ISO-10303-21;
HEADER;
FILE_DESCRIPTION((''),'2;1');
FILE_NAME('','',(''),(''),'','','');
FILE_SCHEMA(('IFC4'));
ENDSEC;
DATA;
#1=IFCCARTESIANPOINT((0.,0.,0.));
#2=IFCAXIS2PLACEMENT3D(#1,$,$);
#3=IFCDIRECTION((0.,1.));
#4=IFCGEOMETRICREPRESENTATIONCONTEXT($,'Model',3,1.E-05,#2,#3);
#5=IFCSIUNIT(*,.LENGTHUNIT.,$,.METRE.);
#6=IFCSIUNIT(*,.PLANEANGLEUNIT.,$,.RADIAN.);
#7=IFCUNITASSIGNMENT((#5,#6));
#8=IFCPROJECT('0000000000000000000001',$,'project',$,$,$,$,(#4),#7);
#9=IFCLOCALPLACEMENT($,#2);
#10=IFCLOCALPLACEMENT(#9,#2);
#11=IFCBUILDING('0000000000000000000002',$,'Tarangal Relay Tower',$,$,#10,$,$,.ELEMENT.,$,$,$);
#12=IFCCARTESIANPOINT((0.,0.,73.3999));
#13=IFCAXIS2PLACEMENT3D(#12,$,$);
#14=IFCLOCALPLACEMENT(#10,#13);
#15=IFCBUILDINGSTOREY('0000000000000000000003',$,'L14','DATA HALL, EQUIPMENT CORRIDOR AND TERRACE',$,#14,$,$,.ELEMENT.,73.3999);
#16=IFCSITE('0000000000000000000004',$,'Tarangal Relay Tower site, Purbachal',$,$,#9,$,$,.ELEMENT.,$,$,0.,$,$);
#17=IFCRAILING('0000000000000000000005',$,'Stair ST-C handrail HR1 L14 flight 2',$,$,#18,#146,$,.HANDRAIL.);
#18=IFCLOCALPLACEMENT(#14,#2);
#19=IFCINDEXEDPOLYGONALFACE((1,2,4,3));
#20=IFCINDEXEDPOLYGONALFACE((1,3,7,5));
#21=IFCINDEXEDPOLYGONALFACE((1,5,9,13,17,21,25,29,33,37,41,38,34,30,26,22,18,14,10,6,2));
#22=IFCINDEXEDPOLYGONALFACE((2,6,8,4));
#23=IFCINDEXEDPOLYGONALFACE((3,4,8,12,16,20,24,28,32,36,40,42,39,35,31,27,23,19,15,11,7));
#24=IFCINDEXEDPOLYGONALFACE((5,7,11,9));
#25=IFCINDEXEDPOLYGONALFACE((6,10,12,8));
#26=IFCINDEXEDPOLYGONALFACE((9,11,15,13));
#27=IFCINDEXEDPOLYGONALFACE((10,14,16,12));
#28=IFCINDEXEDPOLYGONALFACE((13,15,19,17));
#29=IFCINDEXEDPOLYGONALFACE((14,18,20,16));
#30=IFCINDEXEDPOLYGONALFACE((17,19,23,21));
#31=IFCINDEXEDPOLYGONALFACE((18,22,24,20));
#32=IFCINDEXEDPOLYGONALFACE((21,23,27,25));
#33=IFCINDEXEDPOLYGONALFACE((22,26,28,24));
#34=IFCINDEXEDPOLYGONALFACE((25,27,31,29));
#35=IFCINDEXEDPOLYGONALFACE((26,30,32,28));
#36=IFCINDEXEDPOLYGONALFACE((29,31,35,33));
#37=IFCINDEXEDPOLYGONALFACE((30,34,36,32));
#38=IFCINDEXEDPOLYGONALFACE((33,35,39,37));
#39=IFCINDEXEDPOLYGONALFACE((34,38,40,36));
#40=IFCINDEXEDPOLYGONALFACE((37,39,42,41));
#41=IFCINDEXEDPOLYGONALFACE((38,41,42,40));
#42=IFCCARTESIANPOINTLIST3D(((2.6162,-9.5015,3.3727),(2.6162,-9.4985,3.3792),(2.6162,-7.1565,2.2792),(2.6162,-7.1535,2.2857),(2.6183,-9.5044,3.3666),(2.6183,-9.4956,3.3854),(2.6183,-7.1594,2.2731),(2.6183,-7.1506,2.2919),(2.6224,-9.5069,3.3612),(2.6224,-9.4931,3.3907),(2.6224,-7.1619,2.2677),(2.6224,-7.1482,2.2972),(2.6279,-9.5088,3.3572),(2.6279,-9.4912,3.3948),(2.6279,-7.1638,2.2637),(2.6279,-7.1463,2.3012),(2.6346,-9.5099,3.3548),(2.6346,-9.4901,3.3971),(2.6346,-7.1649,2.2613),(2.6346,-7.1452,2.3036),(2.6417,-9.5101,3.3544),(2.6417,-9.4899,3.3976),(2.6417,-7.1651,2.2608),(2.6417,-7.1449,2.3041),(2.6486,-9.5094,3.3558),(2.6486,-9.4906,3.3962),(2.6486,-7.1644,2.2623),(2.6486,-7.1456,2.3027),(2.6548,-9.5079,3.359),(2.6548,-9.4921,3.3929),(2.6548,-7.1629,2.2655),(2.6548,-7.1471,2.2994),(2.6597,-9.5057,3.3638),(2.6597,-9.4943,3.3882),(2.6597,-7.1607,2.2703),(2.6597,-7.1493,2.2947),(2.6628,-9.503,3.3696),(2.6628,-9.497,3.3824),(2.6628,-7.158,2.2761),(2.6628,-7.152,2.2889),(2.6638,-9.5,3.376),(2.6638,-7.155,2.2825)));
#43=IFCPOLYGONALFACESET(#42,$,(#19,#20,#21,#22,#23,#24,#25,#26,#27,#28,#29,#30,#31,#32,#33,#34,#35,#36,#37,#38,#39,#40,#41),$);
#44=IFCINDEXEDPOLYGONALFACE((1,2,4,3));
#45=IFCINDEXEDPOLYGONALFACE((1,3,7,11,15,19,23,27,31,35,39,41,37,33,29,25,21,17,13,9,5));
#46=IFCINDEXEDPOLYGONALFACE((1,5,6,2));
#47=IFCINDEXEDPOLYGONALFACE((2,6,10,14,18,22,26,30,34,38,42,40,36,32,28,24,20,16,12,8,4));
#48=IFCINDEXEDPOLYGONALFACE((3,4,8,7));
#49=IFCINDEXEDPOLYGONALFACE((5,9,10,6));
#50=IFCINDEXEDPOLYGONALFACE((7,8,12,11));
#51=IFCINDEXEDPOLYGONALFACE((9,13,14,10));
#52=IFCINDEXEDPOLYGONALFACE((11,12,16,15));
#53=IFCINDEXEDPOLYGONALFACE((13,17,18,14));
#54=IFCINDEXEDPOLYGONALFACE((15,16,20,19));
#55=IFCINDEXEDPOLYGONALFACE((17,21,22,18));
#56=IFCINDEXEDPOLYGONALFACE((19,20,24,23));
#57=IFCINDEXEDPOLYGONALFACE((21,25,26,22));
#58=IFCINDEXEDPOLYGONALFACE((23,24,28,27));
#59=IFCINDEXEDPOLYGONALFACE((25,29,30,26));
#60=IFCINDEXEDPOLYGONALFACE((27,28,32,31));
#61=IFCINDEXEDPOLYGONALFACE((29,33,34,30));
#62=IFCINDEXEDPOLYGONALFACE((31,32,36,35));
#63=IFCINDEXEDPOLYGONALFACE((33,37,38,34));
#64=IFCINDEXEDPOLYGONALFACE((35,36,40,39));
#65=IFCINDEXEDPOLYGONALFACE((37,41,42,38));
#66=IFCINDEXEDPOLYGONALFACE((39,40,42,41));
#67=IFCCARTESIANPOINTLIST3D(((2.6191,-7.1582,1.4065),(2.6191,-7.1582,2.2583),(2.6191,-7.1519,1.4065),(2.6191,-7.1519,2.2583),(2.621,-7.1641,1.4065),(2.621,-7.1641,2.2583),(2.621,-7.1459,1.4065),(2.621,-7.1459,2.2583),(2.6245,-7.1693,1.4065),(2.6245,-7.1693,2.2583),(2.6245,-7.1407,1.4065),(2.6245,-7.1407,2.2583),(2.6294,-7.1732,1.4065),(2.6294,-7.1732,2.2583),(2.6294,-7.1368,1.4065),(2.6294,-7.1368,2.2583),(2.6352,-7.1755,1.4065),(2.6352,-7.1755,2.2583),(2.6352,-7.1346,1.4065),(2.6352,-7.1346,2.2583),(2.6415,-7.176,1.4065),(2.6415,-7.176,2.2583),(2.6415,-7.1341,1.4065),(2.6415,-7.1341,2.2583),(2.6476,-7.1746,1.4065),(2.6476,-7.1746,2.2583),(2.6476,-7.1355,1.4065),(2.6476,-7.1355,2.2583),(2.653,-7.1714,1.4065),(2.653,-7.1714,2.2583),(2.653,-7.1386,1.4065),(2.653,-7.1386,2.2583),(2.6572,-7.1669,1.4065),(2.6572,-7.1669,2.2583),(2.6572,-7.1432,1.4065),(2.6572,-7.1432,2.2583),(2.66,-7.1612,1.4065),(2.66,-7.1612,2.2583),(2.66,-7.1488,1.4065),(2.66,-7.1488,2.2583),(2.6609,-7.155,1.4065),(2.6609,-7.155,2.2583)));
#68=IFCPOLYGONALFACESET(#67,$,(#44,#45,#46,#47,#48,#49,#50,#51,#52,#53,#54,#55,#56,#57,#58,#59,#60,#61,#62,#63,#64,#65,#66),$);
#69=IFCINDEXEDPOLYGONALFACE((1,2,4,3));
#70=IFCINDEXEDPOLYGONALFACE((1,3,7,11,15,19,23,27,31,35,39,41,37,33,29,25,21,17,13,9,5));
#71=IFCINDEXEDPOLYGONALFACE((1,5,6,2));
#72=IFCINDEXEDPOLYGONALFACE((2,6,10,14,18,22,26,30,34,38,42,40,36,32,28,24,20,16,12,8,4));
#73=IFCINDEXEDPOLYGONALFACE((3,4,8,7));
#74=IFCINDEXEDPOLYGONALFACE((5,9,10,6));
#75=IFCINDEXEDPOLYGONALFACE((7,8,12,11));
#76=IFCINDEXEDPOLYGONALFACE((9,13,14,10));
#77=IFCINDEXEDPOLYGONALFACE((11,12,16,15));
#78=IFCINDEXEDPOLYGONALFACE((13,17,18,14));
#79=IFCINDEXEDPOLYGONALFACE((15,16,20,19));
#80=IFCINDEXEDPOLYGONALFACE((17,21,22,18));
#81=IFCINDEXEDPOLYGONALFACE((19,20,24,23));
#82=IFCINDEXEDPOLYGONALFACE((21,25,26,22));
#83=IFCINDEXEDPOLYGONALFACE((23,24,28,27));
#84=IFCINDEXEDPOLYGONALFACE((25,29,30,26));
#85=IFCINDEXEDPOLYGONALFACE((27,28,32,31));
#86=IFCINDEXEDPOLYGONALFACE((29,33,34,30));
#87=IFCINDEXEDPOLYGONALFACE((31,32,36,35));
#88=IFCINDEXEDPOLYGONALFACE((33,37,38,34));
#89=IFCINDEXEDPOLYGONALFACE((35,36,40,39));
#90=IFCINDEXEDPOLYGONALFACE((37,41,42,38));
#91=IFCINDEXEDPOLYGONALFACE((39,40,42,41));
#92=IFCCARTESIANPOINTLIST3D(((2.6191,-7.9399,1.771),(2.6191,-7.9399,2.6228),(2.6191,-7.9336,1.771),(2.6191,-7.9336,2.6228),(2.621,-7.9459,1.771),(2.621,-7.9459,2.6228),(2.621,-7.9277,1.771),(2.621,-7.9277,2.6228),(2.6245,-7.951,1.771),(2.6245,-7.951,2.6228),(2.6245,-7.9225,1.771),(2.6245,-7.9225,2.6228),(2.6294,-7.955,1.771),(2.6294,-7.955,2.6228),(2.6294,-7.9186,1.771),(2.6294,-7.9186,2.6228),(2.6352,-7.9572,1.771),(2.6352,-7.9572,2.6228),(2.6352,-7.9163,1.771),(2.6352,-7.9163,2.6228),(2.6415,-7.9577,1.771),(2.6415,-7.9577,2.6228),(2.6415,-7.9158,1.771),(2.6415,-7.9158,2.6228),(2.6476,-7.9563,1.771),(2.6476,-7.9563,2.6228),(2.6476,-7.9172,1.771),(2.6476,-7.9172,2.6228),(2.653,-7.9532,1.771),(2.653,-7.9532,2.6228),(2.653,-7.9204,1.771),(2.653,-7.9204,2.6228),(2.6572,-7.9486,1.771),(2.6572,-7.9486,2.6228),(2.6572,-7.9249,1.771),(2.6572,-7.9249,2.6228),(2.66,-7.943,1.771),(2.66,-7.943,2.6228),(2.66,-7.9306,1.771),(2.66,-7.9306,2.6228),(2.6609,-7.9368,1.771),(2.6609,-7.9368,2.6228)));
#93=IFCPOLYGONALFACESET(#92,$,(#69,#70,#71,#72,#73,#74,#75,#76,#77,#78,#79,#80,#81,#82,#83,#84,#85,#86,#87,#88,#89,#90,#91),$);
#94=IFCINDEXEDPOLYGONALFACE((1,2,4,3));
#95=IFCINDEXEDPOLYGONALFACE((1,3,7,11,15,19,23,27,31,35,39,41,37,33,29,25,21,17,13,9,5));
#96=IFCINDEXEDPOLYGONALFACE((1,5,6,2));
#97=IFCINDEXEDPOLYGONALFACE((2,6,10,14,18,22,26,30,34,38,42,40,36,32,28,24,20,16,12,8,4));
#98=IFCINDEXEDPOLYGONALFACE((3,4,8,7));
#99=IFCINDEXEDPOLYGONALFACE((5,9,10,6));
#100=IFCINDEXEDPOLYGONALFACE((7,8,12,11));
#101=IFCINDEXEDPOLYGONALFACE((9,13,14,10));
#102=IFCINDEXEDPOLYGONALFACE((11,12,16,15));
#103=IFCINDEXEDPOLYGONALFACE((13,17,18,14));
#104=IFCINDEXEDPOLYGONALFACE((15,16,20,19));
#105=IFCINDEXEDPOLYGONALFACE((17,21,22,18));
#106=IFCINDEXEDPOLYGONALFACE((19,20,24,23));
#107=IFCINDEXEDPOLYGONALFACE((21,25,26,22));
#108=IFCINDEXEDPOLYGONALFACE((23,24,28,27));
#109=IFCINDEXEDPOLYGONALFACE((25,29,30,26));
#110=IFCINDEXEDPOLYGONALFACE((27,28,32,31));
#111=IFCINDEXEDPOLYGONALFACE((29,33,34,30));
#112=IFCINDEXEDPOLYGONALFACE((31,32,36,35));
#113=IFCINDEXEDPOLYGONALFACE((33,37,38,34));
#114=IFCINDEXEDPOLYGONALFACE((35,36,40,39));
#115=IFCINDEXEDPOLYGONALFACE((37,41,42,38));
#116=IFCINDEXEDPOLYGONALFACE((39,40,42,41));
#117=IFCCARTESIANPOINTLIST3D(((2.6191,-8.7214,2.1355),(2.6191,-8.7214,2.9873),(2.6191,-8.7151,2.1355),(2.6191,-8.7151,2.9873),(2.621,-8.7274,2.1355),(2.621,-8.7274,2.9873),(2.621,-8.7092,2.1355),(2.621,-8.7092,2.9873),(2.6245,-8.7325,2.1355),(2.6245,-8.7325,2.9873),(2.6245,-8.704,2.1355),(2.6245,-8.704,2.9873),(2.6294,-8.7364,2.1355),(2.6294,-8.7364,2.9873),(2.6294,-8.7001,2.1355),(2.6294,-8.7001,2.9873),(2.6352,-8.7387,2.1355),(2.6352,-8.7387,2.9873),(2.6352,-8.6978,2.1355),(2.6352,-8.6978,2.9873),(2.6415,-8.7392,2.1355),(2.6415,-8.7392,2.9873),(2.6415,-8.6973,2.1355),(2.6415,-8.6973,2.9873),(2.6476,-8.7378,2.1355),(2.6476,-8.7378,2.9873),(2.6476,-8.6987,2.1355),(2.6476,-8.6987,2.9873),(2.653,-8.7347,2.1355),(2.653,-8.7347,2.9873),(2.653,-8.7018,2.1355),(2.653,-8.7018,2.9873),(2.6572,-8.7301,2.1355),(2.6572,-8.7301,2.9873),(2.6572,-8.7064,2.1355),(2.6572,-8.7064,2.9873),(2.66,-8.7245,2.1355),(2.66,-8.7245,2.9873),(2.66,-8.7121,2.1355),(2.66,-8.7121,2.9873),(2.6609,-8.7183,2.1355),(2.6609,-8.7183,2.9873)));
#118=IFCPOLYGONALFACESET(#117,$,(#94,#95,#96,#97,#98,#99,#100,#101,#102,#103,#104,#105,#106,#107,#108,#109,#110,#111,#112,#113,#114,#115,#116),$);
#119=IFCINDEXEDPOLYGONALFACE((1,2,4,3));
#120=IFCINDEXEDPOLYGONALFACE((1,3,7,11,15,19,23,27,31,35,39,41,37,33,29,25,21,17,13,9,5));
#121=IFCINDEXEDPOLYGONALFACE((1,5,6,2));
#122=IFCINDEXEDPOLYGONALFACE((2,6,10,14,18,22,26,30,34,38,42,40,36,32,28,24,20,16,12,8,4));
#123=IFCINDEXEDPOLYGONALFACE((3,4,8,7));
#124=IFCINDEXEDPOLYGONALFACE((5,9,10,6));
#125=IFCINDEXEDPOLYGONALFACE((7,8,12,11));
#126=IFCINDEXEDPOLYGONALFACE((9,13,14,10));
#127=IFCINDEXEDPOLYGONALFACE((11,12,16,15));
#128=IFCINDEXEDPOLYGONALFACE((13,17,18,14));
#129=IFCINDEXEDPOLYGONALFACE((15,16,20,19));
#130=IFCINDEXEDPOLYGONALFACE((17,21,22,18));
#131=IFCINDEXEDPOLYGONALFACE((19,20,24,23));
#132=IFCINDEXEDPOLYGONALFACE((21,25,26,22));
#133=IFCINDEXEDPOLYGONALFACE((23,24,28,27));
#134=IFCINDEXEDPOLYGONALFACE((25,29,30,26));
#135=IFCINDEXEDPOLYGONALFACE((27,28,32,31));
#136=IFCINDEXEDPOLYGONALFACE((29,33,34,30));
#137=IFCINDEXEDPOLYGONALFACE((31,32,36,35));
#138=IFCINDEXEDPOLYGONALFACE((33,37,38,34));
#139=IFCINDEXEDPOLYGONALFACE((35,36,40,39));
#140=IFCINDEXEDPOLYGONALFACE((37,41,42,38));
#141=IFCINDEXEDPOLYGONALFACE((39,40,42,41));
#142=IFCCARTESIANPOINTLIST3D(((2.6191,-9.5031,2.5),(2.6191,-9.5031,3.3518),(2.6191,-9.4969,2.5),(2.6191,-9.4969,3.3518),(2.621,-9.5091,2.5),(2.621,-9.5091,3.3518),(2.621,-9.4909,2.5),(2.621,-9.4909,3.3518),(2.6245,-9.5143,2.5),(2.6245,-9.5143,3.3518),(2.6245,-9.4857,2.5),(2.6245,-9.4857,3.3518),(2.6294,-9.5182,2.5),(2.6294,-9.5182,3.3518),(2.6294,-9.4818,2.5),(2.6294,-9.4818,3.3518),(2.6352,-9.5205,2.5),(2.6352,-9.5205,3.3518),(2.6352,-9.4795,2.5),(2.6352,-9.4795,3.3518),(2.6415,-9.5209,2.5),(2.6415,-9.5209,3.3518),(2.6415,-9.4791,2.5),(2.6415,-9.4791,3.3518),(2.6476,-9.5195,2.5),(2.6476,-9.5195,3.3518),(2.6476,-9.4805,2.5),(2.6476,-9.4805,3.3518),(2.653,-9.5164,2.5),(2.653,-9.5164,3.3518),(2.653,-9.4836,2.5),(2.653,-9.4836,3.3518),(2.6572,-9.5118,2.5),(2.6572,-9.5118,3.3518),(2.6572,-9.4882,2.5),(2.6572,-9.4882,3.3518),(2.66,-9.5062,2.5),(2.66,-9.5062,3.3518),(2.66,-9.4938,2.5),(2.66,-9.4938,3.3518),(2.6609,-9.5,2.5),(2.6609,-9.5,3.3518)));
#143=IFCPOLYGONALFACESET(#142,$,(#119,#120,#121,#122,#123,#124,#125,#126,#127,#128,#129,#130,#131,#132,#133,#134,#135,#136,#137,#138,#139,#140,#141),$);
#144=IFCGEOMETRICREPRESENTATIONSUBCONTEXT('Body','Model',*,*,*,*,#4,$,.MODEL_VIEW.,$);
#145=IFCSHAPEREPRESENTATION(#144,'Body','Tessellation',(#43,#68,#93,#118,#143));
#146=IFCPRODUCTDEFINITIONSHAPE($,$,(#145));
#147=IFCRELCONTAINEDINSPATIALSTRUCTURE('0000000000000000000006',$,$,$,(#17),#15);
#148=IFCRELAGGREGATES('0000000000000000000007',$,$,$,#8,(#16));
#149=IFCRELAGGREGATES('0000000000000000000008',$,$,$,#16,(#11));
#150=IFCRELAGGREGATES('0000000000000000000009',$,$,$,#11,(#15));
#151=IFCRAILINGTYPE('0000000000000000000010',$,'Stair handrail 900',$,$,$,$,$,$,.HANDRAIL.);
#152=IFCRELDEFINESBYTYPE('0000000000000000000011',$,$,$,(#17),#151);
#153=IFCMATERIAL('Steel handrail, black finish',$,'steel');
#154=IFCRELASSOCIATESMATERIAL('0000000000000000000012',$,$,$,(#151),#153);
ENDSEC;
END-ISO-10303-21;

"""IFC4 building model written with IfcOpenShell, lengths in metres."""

from ifc_helpers import new_model, si_unit, direction, frame, origin, origin_2d, place, context, subcontext, project, spatial, circle, extrude, material, type_object, element, save


model = new_model("IFC4")

# Units and contexts
model_context = context("Model", 3, precision=1e-05, world=origin(), true_north=direction((0.0, 1.0)))
body_context = subcontext(model_context, "Body", "Model", "MODEL_VIEW")
ifc_project = project(units=[si_unit("LENGTHUNIT", "METRE"), si_unit("PLANEANGLEUNIT", "RADIAN")], contexts=[model_context])

# Site, building, storey
site_placement = place(None, origin())
site = spatial("IfcSite", under=ifc_project, at=site_placement, Name="Tarangal Relay Tower site, Purbachal", CompositionType="ELEMENT", RefElevation=0.0)
building_placement = place(site_placement, origin())
building = spatial("IfcBuilding", under=site, at=building_placement, Name="Tarangal Relay Tower", CompositionType="ELEMENT")
storey_placement = place(building_placement, frame((0.0, 0.0, 73.3999)))
storey = spatial("IfcBuildingStorey", under=building, at=storey_placement, Name="L14", Description="DATA HALL, EQUIPMENT CORRIDOR AND TERRACE", CompositionType="ELEMENT", Elevation=73.3999)

# Railing
ifc_material_1 = material(Name="Steel handrail, black finish", Category="steel")
railing_type_1 = type_object("IfcRailingType", Name="Stair handrail 900", PredefinedType="HANDRAIL", material=ifc_material_1)
for number, where, name in (
    (1, (2.6399, -7.155, 1.4065), "Stair ST-C handrail HR1 L14 flight 2"),
):
    element("IfcRailing", number, at=place(storey_placement, frame(where)), inside=storey, type_object=railing_type_1, Name=name, PredefinedType="HANDRAIL", context=body_context, shape_type="SweptSolid", body=[
        extrude(circle(Radius=0.0239, at=origin_2d()), frame((0.0, 0.0, 0.876), z_axis=(0.0, -0.906304, 0.422627), x_axis=(1.0, 0.0, 0.0)), (0.0, 0.0, 1.0), 2.5874),
        extrude(circle(Radius=0.021, at=origin_2d()), origin(), (0.0, 0.0, 1.0), 0.8518),
        extrude(circle(Radius=0.021, at=origin_2d()), frame((0.0, -0.7817, 0.3645)), (0.0, 0.0, 1.0), 0.8518),
        extrude(circle(Radius=0.021, at=origin_2d()), frame((0.0, -1.5632, 0.729)), (0.0, 0.0, 1.0), 0.8518),
        extrude(circle(Radius=0.021, at=origin_2d()), frame((0.0, -2.345, 1.0935)), (0.0, 0.0, 1.0), 0.8518),
    ])

save(model, "model.ifc")
